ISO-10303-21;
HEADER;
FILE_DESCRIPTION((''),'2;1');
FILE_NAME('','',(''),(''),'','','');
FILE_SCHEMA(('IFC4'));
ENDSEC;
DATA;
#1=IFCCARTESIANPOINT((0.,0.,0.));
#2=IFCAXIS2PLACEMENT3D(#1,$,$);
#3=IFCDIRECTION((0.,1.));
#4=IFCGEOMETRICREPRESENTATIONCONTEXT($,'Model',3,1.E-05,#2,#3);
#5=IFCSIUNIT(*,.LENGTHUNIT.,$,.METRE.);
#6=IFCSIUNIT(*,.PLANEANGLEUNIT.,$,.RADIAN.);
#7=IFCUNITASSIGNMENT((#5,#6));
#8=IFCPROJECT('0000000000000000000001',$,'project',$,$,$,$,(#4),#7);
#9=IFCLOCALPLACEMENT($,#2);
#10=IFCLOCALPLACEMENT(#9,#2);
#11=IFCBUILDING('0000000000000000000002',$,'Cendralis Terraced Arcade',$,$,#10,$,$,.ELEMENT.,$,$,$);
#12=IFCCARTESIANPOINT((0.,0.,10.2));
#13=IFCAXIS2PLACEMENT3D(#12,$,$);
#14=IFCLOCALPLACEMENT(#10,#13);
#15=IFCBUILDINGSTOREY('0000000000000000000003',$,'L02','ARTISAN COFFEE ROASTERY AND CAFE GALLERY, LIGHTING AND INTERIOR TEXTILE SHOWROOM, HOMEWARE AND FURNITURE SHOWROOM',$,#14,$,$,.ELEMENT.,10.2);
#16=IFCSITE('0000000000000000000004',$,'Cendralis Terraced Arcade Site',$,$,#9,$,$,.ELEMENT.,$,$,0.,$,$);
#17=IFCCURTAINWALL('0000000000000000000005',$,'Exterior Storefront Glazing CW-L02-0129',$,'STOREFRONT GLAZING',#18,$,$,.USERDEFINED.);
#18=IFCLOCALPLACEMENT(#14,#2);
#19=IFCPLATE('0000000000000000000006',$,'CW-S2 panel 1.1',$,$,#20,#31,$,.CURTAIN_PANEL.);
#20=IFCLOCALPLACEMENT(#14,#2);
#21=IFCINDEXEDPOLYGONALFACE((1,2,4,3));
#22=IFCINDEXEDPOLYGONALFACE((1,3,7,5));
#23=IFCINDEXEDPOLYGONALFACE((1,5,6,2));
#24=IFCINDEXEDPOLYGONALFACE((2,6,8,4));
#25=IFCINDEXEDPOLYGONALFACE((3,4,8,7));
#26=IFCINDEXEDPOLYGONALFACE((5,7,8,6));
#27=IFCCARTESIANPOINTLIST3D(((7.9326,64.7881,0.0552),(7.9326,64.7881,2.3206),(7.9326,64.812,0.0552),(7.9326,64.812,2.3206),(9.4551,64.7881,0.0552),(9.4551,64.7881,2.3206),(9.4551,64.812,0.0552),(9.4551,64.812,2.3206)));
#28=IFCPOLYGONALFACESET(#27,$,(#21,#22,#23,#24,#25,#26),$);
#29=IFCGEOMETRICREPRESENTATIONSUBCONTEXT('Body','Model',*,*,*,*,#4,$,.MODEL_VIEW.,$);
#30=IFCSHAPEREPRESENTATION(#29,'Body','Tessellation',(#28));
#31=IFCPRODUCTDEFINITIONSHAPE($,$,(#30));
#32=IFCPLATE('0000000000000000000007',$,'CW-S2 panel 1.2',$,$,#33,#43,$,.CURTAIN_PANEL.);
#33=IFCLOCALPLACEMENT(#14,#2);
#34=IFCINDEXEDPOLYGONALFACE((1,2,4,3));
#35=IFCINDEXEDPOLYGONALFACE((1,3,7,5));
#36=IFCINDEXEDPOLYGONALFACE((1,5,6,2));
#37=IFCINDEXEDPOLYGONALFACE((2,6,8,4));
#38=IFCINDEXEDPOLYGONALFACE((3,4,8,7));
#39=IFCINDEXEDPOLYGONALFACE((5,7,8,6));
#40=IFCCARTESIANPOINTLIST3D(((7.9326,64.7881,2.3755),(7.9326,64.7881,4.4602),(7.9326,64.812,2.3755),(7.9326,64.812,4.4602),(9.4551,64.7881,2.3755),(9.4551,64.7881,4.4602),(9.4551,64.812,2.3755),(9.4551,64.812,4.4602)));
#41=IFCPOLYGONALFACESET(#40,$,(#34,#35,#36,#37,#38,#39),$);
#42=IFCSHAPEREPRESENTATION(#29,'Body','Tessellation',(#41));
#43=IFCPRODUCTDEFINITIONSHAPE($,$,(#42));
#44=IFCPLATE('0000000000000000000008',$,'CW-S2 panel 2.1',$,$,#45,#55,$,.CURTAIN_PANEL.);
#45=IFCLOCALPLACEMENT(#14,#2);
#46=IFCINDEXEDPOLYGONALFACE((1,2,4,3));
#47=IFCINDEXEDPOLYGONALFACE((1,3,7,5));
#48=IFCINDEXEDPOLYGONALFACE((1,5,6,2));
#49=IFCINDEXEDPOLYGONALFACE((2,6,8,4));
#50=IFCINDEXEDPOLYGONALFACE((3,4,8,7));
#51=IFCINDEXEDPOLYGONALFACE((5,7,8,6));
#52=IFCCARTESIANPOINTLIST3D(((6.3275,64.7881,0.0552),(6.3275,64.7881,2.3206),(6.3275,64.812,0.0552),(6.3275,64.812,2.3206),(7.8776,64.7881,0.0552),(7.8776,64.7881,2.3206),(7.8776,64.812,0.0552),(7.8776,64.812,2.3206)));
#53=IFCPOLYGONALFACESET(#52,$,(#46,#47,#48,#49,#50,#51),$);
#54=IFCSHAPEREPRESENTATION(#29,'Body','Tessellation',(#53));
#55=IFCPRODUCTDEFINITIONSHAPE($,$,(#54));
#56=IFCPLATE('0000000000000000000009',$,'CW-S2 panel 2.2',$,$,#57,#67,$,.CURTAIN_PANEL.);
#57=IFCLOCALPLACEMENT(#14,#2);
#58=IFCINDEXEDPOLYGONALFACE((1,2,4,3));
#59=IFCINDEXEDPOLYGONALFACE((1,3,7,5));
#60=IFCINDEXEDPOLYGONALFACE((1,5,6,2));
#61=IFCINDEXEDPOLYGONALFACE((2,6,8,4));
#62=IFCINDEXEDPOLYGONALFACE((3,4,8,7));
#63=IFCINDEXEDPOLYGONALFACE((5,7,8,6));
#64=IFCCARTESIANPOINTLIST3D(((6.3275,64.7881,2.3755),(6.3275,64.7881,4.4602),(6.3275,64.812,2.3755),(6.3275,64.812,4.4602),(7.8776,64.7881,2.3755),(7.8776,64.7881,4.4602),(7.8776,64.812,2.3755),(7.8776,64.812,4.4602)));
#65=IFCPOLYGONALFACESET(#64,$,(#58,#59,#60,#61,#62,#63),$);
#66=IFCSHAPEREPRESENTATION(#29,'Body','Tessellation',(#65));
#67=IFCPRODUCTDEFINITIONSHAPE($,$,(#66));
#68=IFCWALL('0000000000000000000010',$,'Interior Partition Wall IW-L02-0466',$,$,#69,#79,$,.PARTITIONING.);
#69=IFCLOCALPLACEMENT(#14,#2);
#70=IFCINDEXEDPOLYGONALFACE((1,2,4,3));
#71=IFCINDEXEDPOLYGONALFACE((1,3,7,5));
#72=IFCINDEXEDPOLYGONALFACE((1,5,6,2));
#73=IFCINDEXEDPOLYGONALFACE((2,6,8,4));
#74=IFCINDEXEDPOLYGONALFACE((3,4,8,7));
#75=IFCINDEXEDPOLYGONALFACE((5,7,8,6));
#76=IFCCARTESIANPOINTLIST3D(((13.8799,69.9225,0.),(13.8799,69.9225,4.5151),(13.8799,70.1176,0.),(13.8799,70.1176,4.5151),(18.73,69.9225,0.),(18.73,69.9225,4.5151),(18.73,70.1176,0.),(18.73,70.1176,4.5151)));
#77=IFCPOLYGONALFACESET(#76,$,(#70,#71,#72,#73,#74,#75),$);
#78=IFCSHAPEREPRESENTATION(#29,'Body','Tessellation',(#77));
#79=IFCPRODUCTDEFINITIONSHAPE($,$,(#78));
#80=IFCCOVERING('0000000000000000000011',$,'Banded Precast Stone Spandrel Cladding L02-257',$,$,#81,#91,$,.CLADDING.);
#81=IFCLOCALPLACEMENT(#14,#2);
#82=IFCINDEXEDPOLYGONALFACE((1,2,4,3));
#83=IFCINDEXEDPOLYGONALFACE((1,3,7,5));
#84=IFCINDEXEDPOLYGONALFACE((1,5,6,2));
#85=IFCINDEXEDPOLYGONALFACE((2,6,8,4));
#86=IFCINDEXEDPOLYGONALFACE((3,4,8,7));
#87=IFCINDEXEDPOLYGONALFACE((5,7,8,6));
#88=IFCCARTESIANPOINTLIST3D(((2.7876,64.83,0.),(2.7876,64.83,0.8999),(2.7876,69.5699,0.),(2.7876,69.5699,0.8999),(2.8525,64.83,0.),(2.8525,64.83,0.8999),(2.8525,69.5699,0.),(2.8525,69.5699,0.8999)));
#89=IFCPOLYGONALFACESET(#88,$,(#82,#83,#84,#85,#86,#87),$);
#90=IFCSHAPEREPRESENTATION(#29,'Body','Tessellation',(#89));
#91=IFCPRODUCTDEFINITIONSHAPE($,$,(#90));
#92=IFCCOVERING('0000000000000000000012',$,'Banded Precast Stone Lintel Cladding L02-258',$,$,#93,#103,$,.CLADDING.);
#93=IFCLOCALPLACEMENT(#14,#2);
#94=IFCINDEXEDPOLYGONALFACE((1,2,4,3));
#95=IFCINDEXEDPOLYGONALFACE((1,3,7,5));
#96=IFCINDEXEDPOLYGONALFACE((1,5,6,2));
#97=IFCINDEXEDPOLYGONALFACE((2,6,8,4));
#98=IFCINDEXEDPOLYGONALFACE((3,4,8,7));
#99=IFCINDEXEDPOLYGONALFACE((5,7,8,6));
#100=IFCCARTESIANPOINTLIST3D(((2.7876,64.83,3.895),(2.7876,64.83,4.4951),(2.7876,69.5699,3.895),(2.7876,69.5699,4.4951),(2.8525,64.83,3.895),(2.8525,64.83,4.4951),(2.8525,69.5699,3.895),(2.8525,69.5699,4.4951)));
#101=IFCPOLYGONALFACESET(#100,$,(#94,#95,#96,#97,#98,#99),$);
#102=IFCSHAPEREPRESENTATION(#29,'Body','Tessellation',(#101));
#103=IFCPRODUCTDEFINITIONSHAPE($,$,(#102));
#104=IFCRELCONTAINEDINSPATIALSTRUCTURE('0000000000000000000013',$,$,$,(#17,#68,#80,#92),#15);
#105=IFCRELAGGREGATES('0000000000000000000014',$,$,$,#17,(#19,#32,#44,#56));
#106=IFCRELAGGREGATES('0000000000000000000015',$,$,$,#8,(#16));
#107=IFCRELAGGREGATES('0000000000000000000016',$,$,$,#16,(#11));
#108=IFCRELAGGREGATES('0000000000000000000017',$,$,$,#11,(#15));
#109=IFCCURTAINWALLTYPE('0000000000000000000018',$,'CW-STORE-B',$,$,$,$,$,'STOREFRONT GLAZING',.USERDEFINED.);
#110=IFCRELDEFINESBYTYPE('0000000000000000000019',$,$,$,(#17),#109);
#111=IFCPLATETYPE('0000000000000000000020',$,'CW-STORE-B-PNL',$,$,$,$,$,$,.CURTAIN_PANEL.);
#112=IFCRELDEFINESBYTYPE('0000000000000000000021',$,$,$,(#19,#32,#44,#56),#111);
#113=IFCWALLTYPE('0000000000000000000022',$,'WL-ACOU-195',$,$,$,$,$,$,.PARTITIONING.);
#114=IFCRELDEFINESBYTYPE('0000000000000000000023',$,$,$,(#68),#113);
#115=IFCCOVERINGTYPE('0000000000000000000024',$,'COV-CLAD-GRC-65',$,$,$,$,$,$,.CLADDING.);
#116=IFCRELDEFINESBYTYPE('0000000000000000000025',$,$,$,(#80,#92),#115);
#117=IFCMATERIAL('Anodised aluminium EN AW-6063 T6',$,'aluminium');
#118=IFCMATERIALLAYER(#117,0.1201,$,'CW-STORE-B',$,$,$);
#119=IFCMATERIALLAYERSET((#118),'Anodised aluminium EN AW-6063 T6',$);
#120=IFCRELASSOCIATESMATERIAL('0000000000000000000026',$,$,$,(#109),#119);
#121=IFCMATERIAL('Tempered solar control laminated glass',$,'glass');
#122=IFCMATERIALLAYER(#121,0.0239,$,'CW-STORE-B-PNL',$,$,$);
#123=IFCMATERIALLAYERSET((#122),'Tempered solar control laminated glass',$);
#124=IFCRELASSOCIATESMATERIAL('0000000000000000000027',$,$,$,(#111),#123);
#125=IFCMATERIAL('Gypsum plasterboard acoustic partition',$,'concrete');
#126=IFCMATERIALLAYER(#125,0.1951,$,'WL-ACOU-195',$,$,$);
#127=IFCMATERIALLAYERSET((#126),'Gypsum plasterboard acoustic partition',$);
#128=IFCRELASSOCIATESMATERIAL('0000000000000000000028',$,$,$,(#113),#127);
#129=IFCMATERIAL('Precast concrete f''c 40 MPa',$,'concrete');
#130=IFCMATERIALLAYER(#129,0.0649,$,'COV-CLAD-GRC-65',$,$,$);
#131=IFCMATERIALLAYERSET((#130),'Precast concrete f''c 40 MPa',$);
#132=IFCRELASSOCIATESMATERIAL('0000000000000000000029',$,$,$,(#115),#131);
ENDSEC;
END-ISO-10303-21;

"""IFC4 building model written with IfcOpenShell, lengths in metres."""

from ifc_helpers import new_model, si_unit, direction, frame, frame_2d, origin, origin_2d, place, context, subcontext, project, spatial, rectangle, extrude, material, layer, layer_set, type_object, element, aggregate, save


model = new_model("IFC4")

# Units and contexts
model_context = context("Model", 3, precision=1e-05, world=origin(), true_north=direction((0.0, 1.0)))
body_context = subcontext(model_context, "Body", "Model", "MODEL_VIEW")
ifc_project = project(units=[si_unit("LENGTHUNIT", "METRE"), si_unit("PLANEANGLEUNIT", "RADIAN")], contexts=[model_context])

# Site, building, storey
site_placement = place(None, origin())
site = spatial("IfcSite", under=ifc_project, at=site_placement, Name="Cendralis Terraced Arcade Site", CompositionType="ELEMENT", RefElevation=0.0)
building_placement = place(site_placement, origin())
building = spatial("IfcBuilding", under=site, at=building_placement, Name="Cendralis Terraced Arcade", CompositionType="ELEMENT")
storey_placement = place(building_placement, frame((0.0, 0.0, 10.2)))
storey = spatial("IfcBuildingStorey", under=building, at=storey_placement, Name="L02", Description="ARTISAN COFFEE ROASTERY AND CAFE GALLERY, LIGHTING AND INTERIOR TEXTILE SHOWROOM, HOMEWARE AND FURNITURE SHOWROOM", CompositionType="ELEMENT", Elevation=10.2)

# Curtain wall
ifc_material_1 = material(Name="Anodised aluminium EN AW-6063 T6", Category="aluminium")
ifc_layer_1 = layer(ifc_material_1, 0.1201, Name="CW-STORE-B")
ifc_layer_set_1 = layer_set([ifc_layer_1], Name="Anodised aluminium EN AW-6063 T6")
curtain_wall_type = type_object("IfcCurtainWallType", Name="CW-STORE-B", ElementType="STOREFRONT GLAZING", PredefinedType="USERDEFINED", material=ifc_layer_set_1)
curtain_wall_1_placement = place(storey_placement, origin())
curtain_wall_1 = element("IfcCurtainWall", 1, at=curtain_wall_1_placement, inside=storey, type_object=curtain_wall_type, Name="Exterior Storefront Glazing CW-L02-0129", ObjectType="STOREFRONT GLAZING", PredefinedType="USERDEFINED")

# Plates
ifc_material_2 = material(Name="Tempered solar control laminated glass", Category="glass")
ifc_layer_2 = layer(ifc_material_2, 0.0239, Name="CW-STORE-B-PNL")
ifc_layer_set_2 = layer_set([ifc_layer_2], Name="Tempered solar control laminated glass")
plate_type = type_object("IfcPlateType", Name="CW-STORE-B-PNL", PredefinedType="CURTAIN_PANEL", material=ifc_layer_set_2)
plate_1_placement = place(storey_placement, frame((8.6938, 64.8, 0.0552), z_axis=(0.0, 0.0, 1.0), x_axis=(-1.0, 0.0, 0.0)))
plate_1 = element("IfcPlate", 2, at=plate_1_placement, type_object=plate_type, Name="CW-S2 panel 1.1", PredefinedType="CURTAIN_PANEL", context=body_context, shape_type="SweptSolid", body=[
    extrude(rectangle(XDim=1.5225, YDim=0.0239, at=origin_2d()), origin(), (0.0, 0.0, 1.0), 2.2654),
])
plate_2_placement = place(storey_placement, frame((8.6938, 64.8, 2.3755), z_axis=(0.0, 0.0, 1.0), x_axis=(-1.0, 0.0, 0.0)))
plate_2 = element("IfcPlate", 3, at=plate_2_placement, type_object=plate_type, Name="CW-S2 panel 1.2", PredefinedType="CURTAIN_PANEL", context=body_context, shape_type="SweptSolid", body=[
    extrude(rectangle(XDim=1.5225, YDim=0.0239, at=origin_2d()), origin(), (0.0, 0.0, 1.0), 2.0847),
])
plate_3_placement = place(storey_placement, frame((7.1025, 64.8, 0.0552), z_axis=(0.0, 0.0, 1.0), x_axis=(-1.0, 0.0, 0.0)))
plate_3 = element("IfcPlate", 4, at=plate_3_placement, type_object=plate_type, Name="CW-S2 panel 2.1", PredefinedType="CURTAIN_PANEL", context=body_context, shape_type="SweptSolid", body=[
    extrude(rectangle(XDim=1.55, YDim=0.0239, at=origin_2d()), origin(), (0.0, 0.0, 1.0), 2.2654),
])
plate_4_placement = place(storey_placement, frame((7.1025, 64.8, 2.3755), z_axis=(0.0, 0.0, 1.0), x_axis=(-1.0, 0.0, 0.0)))
plate_4 = element("IfcPlate", 5, at=plate_4_placement, type_object=plate_type, Name="CW-S2 panel 2.2", PredefinedType="CURTAIN_PANEL", context=body_context, shape_type="SweptSolid", body=[
    extrude(rectangle(XDim=1.55, YDim=0.0239, at=origin_2d()), origin(), (0.0, 0.0, 1.0), 2.0847),
])
aggregate(curtain_wall_1, [plate_1, plate_2, plate_3, plate_4])

# Wall
ifc_material_3 = material(Name="Gypsum plasterboard acoustic partition", Category="concrete")
ifc_layer_3 = layer(ifc_material_3, 0.1951, Name="WL-ACOU-195")
ifc_layer_set_3 = layer_set([ifc_layer_3], Name="Gypsum plasterboard acoustic partition")
wall_type = type_object("IfcWallType", Name="WL-ACOU-195", PredefinedType="PARTITIONING", material=ifc_layer_set_3)
wall_placement = place(storey_placement, frame((13.8799, 70.02, 0.0), z_axis=(0.0, 0.0, 1.0), x_axis=(1.0, 0.0, 0.0)))
element("IfcWall", 6, at=wall_placement, inside=storey, type_object=wall_type, Name="Interior Partition Wall IW-L02-0466", PredefinedType="PARTITIONING", context=body_context, shape_type="SweptSolid", body=[
    extrude(rectangle(XDim=4.8501, YDim=0.1951, at=frame_2d((2.425, 0.0))), origin(), (0.0, 0.0, 1.0), 4.5151),
])

# Coverings
ifc_material_4 = material(Name="Precast concrete f'c 40 MPa", Category="concrete")
ifc_layer_4 = layer(ifc_material_4, 0.0649, Name="COV-CLAD-GRC-65")
ifc_layer_set_4 = layer_set([ifc_layer_4], Name="Precast concrete f'c 40 MPa")
covering_type = type_object("IfcCoveringType", Name="COV-CLAD-GRC-65", PredefinedType="CLADDING", material=ifc_layer_set_4)
covering_1_placement = place(storey_placement, frame((2.8201, 67.2, 0.0), z_axis=(0.0, 0.0, 1.0), x_axis=(0.0, 1.0, 0.0)))
element("IfcCovering", 7, at=covering_1_placement, inside=storey, type_object=covering_type, Name="Banded Precast Stone Spandrel Cladding L02-257", PredefinedType="CLADDING", context=body_context, shape_type="SweptSolid", body=[
    extrude(rectangle(XDim=4.74, YDim=0.0649, at=origin_2d()), origin(), (0.0, 0.0, 1.0), 0.8999),
])
covering_2_placement = place(storey_placement, frame((2.8201, 67.2, 3.895), z_axis=(0.0, 0.0, 1.0), x_axis=(0.0, 1.0, 0.0)))
element("IfcCovering", 8, at=covering_2_placement, inside=storey, type_object=covering_type, Name="Banded Precast Stone Lintel Cladding L02-258", PredefinedType="CLADDING", context=body_context, shape_type="SweptSolid", body=[
    extrude(rectangle(XDim=4.74, YDim=0.0649, at=origin_2d()), origin(), (0.0, 0.0, 1.0), 0.6001),
])

save(model, "model.ifc")
